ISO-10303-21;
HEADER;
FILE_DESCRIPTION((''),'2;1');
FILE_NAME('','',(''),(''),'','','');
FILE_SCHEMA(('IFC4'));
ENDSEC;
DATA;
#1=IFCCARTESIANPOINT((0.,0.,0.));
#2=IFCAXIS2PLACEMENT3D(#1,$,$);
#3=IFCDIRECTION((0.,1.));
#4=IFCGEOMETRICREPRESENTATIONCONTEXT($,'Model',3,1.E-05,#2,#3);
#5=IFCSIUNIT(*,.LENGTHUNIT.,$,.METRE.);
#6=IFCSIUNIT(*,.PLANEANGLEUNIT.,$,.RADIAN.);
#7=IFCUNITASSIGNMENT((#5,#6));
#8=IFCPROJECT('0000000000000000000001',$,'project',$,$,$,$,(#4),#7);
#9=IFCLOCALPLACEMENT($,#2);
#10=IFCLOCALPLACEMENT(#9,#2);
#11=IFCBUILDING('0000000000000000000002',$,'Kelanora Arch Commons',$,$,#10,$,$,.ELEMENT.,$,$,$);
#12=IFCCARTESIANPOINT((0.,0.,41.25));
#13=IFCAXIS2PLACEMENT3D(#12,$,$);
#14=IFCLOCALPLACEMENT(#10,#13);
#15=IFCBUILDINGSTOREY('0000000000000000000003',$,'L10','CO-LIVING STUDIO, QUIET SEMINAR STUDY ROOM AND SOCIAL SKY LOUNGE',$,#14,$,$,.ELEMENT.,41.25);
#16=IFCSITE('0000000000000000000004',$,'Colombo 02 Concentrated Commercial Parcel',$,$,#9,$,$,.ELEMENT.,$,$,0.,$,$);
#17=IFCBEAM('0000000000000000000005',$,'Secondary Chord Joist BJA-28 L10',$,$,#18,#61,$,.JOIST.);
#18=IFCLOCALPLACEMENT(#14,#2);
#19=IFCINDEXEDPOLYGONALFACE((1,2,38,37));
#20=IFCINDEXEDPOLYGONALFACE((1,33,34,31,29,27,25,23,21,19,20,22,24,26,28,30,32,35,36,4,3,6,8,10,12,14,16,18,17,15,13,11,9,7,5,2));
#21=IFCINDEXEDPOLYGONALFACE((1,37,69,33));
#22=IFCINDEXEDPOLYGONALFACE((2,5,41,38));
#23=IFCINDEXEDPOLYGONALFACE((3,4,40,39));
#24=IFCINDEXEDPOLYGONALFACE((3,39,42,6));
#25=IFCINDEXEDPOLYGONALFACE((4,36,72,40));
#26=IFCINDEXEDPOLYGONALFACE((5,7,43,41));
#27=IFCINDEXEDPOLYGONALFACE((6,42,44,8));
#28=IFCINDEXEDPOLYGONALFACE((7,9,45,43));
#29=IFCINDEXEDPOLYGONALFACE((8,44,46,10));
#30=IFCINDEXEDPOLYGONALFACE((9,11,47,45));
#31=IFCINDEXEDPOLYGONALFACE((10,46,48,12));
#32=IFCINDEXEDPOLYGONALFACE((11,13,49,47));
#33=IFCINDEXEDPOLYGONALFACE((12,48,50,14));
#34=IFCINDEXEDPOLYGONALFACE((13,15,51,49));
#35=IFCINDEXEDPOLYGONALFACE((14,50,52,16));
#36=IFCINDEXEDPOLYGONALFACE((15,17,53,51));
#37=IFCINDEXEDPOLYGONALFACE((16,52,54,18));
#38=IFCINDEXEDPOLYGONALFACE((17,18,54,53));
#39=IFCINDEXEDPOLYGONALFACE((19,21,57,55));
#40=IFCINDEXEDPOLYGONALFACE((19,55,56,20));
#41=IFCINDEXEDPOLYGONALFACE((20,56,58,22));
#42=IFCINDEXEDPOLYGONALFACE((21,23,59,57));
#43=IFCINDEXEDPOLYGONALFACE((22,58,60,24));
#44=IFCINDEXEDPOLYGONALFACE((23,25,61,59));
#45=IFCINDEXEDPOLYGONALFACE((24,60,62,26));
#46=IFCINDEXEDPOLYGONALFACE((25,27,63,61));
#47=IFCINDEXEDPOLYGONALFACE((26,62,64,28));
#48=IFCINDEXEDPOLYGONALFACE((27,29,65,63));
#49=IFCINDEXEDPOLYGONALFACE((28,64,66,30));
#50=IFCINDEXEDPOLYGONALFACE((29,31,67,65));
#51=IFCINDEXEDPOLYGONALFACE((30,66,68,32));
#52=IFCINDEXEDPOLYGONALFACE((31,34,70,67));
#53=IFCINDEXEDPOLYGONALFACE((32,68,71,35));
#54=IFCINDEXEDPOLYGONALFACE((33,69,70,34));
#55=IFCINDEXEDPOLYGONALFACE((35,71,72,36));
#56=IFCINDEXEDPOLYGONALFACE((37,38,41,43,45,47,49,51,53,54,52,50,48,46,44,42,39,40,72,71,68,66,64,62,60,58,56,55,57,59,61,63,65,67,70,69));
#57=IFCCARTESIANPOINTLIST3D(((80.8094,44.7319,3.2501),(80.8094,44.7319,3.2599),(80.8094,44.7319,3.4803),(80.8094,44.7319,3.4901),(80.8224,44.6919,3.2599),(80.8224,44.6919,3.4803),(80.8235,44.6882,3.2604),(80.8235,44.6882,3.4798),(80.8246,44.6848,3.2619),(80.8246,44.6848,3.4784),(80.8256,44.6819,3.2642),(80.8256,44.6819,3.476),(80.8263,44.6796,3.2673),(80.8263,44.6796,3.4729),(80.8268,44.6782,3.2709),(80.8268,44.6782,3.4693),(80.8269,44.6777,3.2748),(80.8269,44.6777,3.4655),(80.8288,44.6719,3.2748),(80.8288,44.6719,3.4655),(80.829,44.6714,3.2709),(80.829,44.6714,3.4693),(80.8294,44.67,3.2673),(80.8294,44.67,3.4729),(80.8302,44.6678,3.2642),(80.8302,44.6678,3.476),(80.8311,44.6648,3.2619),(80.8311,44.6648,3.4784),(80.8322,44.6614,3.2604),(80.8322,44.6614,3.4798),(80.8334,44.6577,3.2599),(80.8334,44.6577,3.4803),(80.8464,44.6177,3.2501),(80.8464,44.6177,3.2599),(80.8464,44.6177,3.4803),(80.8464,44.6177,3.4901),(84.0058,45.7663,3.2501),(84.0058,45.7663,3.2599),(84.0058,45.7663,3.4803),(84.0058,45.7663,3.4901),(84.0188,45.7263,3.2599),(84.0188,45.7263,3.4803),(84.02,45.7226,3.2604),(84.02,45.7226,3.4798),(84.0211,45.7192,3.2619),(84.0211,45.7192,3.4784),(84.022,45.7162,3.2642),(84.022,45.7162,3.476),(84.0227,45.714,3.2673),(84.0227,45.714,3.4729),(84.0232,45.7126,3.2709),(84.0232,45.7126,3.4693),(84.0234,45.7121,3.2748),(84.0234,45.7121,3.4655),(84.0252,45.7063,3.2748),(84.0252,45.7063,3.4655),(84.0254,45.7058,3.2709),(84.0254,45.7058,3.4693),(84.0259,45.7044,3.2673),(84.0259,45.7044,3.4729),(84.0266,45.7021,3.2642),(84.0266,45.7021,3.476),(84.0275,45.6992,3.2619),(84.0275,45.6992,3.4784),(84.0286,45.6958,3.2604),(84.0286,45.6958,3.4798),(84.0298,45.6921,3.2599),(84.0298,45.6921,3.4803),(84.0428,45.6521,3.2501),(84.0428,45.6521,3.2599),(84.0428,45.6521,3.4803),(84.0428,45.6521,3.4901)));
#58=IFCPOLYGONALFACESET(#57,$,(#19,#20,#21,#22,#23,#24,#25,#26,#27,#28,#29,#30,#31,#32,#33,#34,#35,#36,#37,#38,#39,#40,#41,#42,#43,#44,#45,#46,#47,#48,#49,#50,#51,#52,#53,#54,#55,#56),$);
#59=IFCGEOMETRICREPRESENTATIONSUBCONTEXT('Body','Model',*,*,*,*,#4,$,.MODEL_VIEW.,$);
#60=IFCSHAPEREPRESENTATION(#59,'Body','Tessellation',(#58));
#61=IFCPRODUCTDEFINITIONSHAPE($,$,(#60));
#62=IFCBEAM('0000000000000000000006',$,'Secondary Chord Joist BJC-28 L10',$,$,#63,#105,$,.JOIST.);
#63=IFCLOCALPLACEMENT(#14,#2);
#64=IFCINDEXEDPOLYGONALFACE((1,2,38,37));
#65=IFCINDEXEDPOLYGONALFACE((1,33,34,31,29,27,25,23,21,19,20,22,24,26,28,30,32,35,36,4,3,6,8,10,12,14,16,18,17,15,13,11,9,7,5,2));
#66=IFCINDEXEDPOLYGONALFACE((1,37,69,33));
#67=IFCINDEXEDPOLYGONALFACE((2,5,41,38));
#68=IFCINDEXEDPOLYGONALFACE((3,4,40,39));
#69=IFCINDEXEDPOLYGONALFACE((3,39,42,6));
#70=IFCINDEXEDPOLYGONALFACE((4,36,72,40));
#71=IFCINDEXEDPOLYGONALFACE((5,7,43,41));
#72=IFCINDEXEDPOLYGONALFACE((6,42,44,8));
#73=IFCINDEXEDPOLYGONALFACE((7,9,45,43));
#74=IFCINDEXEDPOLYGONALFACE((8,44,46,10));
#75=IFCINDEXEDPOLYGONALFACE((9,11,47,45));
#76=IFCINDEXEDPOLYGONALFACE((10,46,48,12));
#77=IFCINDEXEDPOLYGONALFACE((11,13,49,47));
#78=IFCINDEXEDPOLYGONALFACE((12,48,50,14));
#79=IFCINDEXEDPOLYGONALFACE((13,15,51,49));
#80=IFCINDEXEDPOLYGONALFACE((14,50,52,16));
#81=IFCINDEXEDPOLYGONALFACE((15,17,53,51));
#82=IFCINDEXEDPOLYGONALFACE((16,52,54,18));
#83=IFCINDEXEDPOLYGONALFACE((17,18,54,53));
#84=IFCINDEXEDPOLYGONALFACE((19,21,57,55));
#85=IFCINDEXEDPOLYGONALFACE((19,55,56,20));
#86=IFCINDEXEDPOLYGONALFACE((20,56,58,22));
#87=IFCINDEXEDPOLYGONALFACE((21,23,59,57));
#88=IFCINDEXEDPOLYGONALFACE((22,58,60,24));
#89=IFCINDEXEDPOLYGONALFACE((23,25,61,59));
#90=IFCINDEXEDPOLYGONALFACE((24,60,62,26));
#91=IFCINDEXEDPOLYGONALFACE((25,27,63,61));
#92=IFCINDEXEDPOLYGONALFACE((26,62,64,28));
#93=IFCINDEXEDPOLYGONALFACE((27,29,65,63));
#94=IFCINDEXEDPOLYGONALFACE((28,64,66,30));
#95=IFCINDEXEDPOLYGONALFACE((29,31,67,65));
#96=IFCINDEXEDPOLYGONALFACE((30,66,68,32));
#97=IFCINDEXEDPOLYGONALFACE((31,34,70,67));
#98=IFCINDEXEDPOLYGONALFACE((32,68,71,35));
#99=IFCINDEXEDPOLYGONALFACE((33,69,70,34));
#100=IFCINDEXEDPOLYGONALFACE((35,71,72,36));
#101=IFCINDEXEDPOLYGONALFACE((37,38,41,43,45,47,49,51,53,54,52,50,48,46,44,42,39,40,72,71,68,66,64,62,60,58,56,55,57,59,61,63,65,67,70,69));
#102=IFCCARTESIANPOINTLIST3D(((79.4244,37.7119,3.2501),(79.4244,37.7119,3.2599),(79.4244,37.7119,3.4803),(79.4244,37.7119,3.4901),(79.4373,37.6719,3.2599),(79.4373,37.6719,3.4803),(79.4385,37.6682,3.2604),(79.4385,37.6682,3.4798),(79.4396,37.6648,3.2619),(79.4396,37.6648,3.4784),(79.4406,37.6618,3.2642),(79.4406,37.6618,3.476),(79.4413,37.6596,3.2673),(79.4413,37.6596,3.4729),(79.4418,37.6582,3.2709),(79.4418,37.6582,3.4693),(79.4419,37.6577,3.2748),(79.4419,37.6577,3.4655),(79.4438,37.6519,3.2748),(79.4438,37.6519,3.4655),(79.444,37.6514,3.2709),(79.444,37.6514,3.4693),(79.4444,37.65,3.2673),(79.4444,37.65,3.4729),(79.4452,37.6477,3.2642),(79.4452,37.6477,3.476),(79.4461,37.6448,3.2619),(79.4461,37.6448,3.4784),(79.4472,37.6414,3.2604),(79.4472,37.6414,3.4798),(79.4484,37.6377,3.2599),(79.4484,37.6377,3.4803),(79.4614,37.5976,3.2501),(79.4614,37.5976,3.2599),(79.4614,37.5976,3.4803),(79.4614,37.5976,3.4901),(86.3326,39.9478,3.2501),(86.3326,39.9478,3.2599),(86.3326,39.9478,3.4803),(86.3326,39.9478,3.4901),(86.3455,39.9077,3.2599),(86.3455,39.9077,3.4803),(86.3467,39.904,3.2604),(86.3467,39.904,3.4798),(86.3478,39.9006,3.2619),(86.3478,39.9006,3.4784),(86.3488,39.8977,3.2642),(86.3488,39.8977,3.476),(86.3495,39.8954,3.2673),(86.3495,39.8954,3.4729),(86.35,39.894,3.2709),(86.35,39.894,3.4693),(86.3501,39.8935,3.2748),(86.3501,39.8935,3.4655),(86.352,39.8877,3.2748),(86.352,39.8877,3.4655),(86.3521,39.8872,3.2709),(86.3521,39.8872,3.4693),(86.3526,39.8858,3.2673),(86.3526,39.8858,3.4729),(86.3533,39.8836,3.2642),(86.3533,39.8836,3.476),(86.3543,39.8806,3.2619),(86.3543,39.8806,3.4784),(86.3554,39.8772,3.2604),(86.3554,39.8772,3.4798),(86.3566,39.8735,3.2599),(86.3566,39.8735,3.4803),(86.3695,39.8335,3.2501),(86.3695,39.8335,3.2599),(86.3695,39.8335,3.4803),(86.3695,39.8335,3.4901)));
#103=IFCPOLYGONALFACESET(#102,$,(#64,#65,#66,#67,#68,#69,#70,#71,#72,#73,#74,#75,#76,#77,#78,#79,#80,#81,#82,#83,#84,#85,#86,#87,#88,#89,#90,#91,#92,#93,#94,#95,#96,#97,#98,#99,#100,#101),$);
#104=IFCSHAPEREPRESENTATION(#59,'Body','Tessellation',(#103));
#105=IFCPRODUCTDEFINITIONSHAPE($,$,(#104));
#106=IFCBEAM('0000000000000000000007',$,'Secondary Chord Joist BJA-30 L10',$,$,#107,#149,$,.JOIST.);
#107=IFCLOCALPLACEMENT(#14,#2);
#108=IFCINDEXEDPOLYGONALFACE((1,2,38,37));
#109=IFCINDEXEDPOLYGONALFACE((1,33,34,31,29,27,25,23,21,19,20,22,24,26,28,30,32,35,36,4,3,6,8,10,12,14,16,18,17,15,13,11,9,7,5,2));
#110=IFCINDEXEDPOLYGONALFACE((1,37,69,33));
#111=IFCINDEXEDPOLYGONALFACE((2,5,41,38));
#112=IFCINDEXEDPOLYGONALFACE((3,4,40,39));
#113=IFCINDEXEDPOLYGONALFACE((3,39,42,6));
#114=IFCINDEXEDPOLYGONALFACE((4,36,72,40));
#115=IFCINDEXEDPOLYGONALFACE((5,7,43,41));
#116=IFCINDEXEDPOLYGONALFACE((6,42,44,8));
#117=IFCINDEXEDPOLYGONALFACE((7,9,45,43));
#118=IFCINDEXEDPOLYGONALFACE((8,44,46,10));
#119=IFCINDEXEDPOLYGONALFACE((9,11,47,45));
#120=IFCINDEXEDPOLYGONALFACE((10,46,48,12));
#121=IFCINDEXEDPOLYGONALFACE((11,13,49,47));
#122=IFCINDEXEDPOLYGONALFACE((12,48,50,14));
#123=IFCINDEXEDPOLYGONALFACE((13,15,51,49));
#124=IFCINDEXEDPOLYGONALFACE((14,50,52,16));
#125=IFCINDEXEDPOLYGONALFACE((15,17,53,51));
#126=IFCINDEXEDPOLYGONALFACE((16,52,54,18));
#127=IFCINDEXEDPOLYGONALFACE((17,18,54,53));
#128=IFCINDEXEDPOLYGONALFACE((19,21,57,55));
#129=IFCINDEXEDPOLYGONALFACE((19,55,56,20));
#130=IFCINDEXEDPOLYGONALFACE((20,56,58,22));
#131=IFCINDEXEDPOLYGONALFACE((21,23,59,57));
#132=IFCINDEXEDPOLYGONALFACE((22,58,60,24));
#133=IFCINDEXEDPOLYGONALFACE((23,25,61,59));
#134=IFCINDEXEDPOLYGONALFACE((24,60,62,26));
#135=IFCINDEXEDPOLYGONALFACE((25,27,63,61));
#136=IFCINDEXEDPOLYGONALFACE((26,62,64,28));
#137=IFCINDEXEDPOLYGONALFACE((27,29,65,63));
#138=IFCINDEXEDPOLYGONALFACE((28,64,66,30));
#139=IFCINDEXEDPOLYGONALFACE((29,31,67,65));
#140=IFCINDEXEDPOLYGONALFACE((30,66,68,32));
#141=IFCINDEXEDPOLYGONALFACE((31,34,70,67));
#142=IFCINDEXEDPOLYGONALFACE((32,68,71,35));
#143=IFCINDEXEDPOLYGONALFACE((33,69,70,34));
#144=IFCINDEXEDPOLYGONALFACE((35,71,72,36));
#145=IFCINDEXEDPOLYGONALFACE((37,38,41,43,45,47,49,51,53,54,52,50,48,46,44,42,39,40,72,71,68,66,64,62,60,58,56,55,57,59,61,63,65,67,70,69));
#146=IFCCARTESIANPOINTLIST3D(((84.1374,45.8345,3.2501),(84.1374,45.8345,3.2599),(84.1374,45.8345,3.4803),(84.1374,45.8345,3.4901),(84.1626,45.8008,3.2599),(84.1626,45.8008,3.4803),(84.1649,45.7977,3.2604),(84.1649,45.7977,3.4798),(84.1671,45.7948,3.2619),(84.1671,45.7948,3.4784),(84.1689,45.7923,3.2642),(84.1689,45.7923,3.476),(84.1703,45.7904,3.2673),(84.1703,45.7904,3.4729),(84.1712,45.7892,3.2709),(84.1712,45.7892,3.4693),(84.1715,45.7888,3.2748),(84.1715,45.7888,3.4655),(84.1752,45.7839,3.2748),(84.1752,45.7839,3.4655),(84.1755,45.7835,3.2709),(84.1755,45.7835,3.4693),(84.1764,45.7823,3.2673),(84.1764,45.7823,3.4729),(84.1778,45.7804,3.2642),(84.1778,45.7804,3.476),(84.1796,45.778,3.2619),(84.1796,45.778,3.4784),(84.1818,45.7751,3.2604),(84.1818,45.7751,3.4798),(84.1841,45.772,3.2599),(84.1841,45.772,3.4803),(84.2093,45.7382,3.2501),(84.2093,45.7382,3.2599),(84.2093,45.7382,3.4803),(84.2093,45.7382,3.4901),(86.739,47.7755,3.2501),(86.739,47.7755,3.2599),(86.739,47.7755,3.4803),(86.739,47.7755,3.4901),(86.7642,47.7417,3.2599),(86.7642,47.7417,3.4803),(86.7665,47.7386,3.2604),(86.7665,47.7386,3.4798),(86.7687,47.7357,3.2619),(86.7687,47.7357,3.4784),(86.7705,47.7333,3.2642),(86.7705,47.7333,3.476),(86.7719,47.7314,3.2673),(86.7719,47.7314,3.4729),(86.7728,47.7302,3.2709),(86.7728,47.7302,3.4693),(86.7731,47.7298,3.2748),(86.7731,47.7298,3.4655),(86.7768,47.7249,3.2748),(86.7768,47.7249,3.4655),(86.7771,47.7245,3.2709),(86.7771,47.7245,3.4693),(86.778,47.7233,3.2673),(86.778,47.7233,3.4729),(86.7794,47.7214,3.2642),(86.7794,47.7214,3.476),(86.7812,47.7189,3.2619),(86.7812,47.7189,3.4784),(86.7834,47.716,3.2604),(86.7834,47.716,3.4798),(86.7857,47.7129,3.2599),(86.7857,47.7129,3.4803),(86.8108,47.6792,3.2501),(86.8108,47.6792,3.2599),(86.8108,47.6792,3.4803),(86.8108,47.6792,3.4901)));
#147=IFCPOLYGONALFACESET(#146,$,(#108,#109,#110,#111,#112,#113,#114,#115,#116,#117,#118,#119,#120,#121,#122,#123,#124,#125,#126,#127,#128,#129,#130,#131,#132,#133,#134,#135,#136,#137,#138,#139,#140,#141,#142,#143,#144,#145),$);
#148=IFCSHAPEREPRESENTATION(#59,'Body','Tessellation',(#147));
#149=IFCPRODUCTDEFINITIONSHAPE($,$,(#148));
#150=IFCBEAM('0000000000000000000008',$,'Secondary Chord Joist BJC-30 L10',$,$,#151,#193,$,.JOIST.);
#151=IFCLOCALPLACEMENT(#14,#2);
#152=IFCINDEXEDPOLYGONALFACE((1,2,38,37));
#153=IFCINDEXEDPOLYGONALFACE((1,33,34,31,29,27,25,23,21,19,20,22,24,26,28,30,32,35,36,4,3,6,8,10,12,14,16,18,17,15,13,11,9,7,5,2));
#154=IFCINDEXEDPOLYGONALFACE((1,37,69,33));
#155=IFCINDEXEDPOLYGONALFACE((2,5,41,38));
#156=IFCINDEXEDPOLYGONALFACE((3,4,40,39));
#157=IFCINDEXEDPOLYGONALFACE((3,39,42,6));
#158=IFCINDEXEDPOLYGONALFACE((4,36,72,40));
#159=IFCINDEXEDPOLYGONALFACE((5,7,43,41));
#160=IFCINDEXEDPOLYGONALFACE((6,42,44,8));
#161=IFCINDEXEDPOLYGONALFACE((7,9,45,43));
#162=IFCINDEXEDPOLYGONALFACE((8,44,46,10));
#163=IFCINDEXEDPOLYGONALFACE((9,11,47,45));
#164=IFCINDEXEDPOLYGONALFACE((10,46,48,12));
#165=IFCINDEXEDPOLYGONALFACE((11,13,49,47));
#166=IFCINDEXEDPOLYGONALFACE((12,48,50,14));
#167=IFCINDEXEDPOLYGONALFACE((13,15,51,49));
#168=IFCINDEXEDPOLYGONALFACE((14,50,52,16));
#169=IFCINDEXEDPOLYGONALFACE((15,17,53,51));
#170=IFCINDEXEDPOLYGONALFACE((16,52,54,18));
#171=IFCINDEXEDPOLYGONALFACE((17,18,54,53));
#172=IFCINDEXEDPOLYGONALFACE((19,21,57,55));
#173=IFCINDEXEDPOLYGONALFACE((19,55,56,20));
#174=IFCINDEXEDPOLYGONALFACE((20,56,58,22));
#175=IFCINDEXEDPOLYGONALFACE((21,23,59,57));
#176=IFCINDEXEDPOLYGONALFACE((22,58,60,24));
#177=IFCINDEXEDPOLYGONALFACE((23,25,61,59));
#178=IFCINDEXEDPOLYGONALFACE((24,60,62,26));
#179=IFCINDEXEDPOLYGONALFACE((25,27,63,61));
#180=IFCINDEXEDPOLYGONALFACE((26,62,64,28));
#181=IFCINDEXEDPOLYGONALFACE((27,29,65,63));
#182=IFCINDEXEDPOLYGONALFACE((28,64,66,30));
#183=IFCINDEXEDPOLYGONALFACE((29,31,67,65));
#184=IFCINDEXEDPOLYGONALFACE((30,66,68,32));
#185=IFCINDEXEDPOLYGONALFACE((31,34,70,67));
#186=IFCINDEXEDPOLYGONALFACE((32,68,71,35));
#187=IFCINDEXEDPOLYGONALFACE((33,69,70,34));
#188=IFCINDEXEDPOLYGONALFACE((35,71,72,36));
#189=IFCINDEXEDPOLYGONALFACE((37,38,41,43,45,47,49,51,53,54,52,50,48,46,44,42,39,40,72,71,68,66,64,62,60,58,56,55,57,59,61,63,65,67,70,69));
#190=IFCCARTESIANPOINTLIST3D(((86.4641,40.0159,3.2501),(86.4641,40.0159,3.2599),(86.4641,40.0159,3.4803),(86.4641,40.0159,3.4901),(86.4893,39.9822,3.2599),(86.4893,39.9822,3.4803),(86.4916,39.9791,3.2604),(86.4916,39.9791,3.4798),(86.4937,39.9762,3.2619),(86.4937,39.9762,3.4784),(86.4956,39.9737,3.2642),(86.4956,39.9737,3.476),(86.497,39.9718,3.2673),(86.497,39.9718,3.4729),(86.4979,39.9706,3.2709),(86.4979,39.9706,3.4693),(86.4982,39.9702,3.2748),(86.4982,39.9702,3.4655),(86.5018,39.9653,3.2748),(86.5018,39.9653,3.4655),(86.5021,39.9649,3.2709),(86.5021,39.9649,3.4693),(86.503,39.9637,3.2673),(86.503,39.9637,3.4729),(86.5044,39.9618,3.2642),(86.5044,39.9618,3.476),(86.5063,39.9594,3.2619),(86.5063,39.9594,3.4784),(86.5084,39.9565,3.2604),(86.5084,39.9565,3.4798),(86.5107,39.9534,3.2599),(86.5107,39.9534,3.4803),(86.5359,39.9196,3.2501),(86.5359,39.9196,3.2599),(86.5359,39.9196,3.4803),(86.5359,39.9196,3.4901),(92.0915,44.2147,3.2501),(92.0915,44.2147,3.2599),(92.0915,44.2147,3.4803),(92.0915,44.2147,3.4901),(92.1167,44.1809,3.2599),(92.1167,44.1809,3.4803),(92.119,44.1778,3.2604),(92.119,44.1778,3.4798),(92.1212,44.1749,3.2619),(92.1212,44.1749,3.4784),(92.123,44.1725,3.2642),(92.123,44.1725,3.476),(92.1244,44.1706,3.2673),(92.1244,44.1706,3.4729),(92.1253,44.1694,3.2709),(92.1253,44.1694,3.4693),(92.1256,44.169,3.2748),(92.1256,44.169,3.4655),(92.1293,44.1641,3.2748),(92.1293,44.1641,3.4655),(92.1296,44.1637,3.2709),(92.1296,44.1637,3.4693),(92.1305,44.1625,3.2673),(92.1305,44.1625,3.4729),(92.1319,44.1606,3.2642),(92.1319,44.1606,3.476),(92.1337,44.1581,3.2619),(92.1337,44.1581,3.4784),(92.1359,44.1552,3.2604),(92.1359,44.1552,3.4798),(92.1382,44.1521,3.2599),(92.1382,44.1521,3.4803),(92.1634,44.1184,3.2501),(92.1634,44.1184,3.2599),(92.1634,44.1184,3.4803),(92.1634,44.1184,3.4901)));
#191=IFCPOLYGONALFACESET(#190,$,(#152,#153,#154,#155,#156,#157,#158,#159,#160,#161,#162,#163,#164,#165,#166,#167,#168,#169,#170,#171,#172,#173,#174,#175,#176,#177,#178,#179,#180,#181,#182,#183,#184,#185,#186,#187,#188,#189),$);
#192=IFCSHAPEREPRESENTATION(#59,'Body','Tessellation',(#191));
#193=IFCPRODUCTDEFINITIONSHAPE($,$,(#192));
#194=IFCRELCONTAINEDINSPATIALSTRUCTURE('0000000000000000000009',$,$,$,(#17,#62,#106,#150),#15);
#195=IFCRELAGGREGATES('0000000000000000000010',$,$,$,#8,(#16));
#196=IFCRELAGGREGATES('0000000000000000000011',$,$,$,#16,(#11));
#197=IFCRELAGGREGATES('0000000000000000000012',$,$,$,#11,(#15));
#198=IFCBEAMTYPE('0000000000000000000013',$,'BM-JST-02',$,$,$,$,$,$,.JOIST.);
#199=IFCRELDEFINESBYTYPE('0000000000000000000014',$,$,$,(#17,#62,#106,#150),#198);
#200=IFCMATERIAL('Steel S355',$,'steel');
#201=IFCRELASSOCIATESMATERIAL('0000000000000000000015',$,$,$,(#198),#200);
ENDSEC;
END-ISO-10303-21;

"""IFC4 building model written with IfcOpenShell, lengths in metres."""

from ifc_helpers import new_model, si_unit, direction, frame, origin, origin_2d, place, context, subcontext, project, spatial, i_section, extrude, material, material_profile, profile_set, type_object, element, save


model = new_model("IFC4")

# Units and contexts
model_context = context("Model", 3, precision=1e-05, world=origin(), true_north=direction((0.0, 1.0)))
body_context = subcontext(model_context, "Body", "Model", "MODEL_VIEW")
ifc_project = project(units=[si_unit("LENGTHUNIT", "METRE"), si_unit("PLANEANGLEUNIT", "RADIAN")], contexts=[model_context])

# Site, building, storey
site_placement = place(None, origin())
site = spatial("IfcSite", under=ifc_project, at=site_placement, Name="Colombo 02 Concentrated Commercial Parcel", CompositionType="ELEMENT", RefElevation=0.0)
building_placement = place(site_placement, origin())
building = spatial("IfcBuilding", under=site, at=building_placement, Name="Kelanora Arch Commons", CompositionType="ELEMENT")
storey_placement = place(building_placement, frame((0.0, 0.0, 41.25)))
storey = spatial("IfcBuildingStorey", under=building, at=storey_placement, Name="L10", Description="CO-LIVING STUDIO, QUIET SEMINAR STUDY ROOM AND SOCIAL SKY LOUNGE", CompositionType="ELEMENT", Elevation=41.25)

# Beams
ifc_material_1 = material(Name="Steel S355", Category="steel")
ifc_material_profile_1 = material_profile(ifc_material_1, i_section(OverallWidth=0.1201, OverallDepth=0.24, WebThickness=0.0061, FlangeThickness=0.0098, FilletRadius=0.0149, at=origin_2d()), Name="IPE240")
ifc_profile_set_1 = profile_set([ifc_material_profile_1], Name="Steel S355")
beam_type_1 = type_object("IfcBeamType", Name="BM-JST-02", PredefinedType="JOIST", material=ifc_profile_set_1)
beam_1_placement = place(storey_placement, frame((80.8279, 44.6748, 3.3701), z_axis=(0.951423, 0.307888, 0.0), x_axis=(-0.307888, 0.951423, 0.0)))
element("IfcBeam", 1, at=beam_1_placement, inside=storey, type_object=beam_type_1, Name="Secondary Chord Joist BJA-28 L10", PredefinedType="JOIST", context=body_context, shape_type="SweptSolid", body=[
    extrude(i_section(OverallWidth=0.1201, OverallDepth=0.24, WebThickness=0.0061, FlangeThickness=0.0098, FilletRadius=0.0149, at=origin_2d()), origin(), (0.0, 0.0, 1.0), 3.3596),
])
beam_2_placement = place(storey_placement, frame((79.4429, 37.6548, 3.3701), z_axis=(0.951411, 0.307924, 0.0), x_axis=(-0.307924, 0.951411, 0.0)))
element("IfcBeam", 2, at=beam_2_placement, inside=storey, type_object=beam_type_1, Name="Secondary Chord Joist BJC-28 L10", PredefinedType="JOIST", context=body_context, shape_type="SweptSolid", body=[
    extrude(i_section(OverallWidth=0.1201, OverallDepth=0.24, WebThickness=0.0061, FlangeThickness=0.0098, FilletRadius=0.0149, at=origin_2d()), origin(), (0.0, 0.0, 1.0), 7.261),
])
beam_3_placement = place(storey_placement, frame((84.1733, 45.7864, 3.3701), z_axis=(0.801514, 0.597976, 0.0), x_axis=(-0.597976, 0.801514, 0.0)))
element("IfcBeam", 3, at=beam_3_placement, inside=storey, type_object=beam_type_1, Name="Secondary Chord Joist BJA-30 L10", PredefinedType="JOIST", context=body_context, shape_type="SweptSolid", body=[
    extrude(i_section(OverallWidth=0.1201, OverallDepth=0.24, WebThickness=0.0061, FlangeThickness=0.0098, FilletRadius=0.0149, at=origin_2d()), origin(), (0.0, 0.0, 1.0), 3.2458),
])
beam_4_placement = place(storey_placement, frame((86.5, 39.9678, 3.3701), z_axis=(0.801491, 0.598006, 0.0), x_axis=(-0.598006, 0.801491, 0.0)))
element("IfcBeam", 4, at=beam_4_placement, inside=storey, type_object=beam_type_1, Name="Secondary Chord Joist BJC-30 L10", PredefinedType="JOIST", context=body_context, shape_type="SweptSolid", body=[
    extrude(i_section(OverallWidth=0.1201, OverallDepth=0.24, WebThickness=0.0061, FlangeThickness=0.0098, FilletRadius=0.0149, at=origin_2d()), origin(), (0.0, 0.0, 1.0), 7.0212),
])

save(model, "model.ifc")
